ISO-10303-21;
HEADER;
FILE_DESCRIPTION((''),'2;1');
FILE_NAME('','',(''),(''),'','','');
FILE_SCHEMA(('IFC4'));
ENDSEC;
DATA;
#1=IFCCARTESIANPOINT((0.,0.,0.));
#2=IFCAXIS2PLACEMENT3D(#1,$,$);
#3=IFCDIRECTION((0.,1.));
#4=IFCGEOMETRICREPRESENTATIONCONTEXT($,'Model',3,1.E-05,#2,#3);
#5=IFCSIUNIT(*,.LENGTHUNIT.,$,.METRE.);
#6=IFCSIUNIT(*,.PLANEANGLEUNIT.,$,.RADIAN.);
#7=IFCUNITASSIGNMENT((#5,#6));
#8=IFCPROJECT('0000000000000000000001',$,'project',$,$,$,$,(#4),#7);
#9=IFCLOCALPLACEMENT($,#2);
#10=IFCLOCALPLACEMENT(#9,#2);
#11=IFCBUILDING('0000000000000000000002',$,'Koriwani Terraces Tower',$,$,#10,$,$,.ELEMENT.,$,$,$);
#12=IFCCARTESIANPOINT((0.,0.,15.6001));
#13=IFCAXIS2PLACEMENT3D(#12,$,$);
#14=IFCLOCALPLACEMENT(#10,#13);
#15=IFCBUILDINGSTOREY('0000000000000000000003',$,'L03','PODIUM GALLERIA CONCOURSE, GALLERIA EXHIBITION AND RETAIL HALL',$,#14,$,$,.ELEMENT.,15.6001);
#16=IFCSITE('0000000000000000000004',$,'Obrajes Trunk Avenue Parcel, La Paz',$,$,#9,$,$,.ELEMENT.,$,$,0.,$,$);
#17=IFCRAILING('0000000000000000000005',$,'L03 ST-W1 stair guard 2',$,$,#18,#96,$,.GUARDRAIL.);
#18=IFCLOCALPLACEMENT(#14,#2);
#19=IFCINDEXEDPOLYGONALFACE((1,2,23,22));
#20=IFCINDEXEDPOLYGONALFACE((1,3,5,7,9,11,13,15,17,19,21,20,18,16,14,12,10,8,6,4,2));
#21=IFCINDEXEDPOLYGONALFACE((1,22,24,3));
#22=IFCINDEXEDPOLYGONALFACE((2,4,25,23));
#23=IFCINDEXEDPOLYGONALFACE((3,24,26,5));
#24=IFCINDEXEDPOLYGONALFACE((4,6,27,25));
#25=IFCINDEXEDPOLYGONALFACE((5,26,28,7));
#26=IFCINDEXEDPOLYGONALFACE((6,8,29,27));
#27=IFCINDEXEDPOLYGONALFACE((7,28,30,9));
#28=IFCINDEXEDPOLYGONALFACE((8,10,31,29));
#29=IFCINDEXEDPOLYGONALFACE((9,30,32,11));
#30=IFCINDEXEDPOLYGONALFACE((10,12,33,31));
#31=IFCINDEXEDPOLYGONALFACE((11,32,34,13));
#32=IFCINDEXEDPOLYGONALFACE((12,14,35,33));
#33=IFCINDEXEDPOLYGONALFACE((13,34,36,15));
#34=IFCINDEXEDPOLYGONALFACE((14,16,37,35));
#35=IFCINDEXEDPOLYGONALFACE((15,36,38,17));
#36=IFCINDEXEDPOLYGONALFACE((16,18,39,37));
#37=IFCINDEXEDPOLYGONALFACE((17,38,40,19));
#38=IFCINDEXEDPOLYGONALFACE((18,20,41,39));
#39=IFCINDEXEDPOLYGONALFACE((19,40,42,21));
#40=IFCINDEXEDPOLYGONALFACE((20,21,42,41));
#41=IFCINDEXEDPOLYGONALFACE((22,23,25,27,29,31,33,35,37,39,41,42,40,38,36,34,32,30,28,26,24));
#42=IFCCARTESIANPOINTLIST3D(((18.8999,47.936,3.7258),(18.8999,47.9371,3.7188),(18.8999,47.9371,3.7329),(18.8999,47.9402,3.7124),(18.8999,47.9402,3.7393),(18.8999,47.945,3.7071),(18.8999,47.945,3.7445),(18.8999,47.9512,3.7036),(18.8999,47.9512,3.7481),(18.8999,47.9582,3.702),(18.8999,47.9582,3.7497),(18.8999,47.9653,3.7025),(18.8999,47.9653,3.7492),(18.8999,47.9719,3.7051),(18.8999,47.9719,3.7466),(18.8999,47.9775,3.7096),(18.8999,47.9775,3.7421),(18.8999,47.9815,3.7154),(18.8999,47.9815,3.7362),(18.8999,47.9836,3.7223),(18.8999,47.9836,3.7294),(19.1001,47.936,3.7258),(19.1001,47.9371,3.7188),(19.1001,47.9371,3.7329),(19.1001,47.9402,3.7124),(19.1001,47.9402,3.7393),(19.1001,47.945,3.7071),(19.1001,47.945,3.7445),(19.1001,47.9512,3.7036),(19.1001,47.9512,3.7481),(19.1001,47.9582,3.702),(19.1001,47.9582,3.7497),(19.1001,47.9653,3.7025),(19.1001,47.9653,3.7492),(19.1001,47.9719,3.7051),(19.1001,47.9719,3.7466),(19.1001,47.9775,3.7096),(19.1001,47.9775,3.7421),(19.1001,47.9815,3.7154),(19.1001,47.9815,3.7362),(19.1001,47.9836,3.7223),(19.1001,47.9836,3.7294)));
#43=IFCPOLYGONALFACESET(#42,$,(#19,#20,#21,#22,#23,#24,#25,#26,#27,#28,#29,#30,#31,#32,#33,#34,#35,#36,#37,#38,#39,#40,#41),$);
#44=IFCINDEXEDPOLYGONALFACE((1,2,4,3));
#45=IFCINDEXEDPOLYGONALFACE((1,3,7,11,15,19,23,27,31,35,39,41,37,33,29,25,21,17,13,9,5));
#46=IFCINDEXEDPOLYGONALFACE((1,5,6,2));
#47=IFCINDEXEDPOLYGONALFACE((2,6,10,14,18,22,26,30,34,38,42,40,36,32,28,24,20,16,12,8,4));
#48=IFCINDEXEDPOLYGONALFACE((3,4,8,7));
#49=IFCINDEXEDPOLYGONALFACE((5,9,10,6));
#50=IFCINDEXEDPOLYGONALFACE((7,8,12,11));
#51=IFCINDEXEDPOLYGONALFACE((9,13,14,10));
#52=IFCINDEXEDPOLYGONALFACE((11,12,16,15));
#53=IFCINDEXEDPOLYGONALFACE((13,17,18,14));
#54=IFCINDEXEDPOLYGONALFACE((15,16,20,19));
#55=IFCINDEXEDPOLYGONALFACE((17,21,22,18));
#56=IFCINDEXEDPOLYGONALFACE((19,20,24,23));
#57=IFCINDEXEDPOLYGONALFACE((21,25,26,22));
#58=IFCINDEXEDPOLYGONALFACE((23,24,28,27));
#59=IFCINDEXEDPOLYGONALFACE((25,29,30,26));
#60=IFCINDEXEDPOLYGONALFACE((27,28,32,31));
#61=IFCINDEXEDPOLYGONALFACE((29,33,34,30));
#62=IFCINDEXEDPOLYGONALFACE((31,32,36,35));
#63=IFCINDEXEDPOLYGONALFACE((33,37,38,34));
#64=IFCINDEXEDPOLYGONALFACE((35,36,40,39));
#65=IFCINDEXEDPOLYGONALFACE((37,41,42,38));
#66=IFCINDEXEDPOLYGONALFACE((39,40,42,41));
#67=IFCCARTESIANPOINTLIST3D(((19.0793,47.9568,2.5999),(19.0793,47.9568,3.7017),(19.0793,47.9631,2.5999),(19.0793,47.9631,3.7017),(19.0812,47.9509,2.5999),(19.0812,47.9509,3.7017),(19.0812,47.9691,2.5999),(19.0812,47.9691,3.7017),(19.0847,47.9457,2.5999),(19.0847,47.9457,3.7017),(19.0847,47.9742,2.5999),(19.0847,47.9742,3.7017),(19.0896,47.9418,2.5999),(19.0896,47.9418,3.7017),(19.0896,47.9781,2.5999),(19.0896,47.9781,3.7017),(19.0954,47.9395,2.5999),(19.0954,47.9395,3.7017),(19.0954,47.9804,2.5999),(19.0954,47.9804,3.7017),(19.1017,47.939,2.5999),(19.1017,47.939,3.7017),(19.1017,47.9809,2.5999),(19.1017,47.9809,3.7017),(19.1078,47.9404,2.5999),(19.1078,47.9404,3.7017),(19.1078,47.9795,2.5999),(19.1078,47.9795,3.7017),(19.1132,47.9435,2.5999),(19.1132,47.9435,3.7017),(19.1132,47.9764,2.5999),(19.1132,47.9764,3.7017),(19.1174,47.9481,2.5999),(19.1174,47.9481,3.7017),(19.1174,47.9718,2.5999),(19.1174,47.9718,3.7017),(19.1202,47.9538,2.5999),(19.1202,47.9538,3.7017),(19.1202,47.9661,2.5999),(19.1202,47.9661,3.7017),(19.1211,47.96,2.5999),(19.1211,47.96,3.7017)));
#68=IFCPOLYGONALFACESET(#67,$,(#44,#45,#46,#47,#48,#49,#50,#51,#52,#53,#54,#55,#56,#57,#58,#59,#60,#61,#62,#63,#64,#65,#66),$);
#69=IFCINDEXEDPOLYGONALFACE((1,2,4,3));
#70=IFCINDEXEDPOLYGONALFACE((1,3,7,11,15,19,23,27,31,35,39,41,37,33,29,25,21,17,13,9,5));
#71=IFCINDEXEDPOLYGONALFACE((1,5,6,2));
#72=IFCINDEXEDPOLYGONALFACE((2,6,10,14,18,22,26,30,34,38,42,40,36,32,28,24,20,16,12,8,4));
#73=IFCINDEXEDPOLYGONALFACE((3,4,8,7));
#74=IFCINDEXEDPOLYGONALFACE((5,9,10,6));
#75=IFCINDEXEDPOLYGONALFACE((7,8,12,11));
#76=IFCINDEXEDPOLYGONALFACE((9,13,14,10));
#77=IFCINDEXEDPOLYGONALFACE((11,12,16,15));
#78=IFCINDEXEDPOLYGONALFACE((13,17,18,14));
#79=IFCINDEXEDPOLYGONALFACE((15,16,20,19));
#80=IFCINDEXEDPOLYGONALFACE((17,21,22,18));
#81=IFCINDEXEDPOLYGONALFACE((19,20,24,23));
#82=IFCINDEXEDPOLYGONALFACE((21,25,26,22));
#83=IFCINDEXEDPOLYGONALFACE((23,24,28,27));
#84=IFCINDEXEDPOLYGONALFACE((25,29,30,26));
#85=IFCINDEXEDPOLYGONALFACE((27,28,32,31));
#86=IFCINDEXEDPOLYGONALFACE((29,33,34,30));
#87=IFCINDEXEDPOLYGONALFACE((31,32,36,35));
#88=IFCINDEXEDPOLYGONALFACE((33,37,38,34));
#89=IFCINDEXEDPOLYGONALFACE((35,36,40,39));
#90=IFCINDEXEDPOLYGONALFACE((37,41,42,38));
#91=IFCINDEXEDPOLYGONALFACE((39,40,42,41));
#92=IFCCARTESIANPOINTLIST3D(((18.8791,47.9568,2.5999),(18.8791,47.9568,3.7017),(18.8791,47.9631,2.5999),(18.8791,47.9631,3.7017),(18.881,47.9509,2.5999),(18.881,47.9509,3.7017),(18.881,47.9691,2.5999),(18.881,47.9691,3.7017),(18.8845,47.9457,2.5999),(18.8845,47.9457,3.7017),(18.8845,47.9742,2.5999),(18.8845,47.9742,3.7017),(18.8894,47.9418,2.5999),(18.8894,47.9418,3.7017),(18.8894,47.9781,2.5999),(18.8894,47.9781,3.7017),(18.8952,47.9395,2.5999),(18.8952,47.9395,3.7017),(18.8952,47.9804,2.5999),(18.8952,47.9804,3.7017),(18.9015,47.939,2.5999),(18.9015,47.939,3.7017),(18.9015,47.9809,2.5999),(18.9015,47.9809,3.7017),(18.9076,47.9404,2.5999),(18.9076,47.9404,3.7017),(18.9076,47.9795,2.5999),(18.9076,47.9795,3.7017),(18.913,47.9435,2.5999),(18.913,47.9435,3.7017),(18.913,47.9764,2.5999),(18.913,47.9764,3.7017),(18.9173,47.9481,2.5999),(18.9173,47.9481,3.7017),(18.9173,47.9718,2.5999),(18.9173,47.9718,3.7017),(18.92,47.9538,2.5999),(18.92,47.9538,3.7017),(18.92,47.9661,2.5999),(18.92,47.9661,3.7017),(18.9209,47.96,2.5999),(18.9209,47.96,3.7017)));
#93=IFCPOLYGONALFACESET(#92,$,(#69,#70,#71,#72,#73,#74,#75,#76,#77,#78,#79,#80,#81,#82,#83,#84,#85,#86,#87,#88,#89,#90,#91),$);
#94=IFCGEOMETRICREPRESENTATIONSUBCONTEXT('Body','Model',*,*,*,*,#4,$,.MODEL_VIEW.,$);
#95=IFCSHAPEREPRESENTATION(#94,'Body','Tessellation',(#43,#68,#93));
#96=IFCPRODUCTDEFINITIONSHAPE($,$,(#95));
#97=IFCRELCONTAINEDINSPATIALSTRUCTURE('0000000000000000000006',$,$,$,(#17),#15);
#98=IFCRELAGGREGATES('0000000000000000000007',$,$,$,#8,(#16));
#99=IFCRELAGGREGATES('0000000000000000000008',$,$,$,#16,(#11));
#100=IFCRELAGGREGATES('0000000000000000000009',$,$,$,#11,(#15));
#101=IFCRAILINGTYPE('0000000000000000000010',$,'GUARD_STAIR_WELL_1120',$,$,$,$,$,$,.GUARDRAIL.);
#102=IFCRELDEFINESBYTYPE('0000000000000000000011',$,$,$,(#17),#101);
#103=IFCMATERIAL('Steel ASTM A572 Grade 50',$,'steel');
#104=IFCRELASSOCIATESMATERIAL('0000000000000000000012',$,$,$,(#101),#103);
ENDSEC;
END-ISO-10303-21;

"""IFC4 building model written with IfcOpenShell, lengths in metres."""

from ifc_helpers import new_model, si_unit, direction, frame, origin, origin_2d, place, context, subcontext, project, spatial, circle, extrude, material, type_object, element, save


model = new_model("IFC4")

# Units and contexts
model_context = context("Model", 3, precision=1e-05, world=origin(), true_north=direction((0.0, 1.0)))
body_context = subcontext(model_context, "Body", "Model", "MODEL_VIEW")
ifc_project = project(units=[si_unit("LENGTHUNIT", "METRE"), si_unit("PLANEANGLEUNIT", "RADIAN")], contexts=[model_context])

# Site, building, storey
site_placement = place(None, origin())
site = spatial("IfcSite", under=ifc_project, at=site_placement, Name="Obrajes Trunk Avenue Parcel, La Paz", CompositionType="ELEMENT", RefElevation=0.0)
building_placement = place(site_placement, origin())
building = spatial("IfcBuilding", under=site, at=building_placement, Name="Koriwani Terraces Tower", CompositionType="ELEMENT")
storey_placement = place(building_placement, frame((0.0, 0.0, 15.6001)))
storey = spatial("IfcBuildingStorey", under=building, at=storey_placement, Name="L03", Description="PODIUM GALLERIA CONCOURSE, GALLERIA EXHIBITION AND RETAIL HALL", CompositionType="ELEMENT", Elevation=15.6001)

# Shared definitions
ifc_material_1 = material(Name="Steel ASTM A572 Grade 50", Category="steel")

# Railing
railing_type_1 = type_object("IfcRailingType", Name="GUARD_STAIR_WELL_1120", PredefinedType="GUARDRAIL", material=ifc_material_1)
railing_1_placement = place(storey_placement, frame((19.1001, 47.96, 2.5999)))
element("IfcRailing", 1, at=railing_1_placement, inside=storey, type_object=railing_type_1, Name="L03 ST-W1 stair guard 2", PredefinedType="GUARDRAIL", context=body_context, shape_type="SweptSolid", body=[
    extrude(circle(Radius=0.0239, at=origin_2d()), frame((0.0, 0.0, 1.126), z_axis=(-1.0, 0.0, 0.0), x_axis=(0.0, -1.0, 0.0)), (0.0, 0.0, 1.0), 0.2002),
    extrude(circle(Radius=0.021, at=origin_2d()), origin(), (0.0, 0.0, 1.0), 1.1018),
    extrude(circle(Radius=0.021, at=origin_2d()), frame((-0.2002, 0.0, 0.0)), (0.0, 0.0, 1.0), 1.1018),
])

save(model, "model.ifc")
